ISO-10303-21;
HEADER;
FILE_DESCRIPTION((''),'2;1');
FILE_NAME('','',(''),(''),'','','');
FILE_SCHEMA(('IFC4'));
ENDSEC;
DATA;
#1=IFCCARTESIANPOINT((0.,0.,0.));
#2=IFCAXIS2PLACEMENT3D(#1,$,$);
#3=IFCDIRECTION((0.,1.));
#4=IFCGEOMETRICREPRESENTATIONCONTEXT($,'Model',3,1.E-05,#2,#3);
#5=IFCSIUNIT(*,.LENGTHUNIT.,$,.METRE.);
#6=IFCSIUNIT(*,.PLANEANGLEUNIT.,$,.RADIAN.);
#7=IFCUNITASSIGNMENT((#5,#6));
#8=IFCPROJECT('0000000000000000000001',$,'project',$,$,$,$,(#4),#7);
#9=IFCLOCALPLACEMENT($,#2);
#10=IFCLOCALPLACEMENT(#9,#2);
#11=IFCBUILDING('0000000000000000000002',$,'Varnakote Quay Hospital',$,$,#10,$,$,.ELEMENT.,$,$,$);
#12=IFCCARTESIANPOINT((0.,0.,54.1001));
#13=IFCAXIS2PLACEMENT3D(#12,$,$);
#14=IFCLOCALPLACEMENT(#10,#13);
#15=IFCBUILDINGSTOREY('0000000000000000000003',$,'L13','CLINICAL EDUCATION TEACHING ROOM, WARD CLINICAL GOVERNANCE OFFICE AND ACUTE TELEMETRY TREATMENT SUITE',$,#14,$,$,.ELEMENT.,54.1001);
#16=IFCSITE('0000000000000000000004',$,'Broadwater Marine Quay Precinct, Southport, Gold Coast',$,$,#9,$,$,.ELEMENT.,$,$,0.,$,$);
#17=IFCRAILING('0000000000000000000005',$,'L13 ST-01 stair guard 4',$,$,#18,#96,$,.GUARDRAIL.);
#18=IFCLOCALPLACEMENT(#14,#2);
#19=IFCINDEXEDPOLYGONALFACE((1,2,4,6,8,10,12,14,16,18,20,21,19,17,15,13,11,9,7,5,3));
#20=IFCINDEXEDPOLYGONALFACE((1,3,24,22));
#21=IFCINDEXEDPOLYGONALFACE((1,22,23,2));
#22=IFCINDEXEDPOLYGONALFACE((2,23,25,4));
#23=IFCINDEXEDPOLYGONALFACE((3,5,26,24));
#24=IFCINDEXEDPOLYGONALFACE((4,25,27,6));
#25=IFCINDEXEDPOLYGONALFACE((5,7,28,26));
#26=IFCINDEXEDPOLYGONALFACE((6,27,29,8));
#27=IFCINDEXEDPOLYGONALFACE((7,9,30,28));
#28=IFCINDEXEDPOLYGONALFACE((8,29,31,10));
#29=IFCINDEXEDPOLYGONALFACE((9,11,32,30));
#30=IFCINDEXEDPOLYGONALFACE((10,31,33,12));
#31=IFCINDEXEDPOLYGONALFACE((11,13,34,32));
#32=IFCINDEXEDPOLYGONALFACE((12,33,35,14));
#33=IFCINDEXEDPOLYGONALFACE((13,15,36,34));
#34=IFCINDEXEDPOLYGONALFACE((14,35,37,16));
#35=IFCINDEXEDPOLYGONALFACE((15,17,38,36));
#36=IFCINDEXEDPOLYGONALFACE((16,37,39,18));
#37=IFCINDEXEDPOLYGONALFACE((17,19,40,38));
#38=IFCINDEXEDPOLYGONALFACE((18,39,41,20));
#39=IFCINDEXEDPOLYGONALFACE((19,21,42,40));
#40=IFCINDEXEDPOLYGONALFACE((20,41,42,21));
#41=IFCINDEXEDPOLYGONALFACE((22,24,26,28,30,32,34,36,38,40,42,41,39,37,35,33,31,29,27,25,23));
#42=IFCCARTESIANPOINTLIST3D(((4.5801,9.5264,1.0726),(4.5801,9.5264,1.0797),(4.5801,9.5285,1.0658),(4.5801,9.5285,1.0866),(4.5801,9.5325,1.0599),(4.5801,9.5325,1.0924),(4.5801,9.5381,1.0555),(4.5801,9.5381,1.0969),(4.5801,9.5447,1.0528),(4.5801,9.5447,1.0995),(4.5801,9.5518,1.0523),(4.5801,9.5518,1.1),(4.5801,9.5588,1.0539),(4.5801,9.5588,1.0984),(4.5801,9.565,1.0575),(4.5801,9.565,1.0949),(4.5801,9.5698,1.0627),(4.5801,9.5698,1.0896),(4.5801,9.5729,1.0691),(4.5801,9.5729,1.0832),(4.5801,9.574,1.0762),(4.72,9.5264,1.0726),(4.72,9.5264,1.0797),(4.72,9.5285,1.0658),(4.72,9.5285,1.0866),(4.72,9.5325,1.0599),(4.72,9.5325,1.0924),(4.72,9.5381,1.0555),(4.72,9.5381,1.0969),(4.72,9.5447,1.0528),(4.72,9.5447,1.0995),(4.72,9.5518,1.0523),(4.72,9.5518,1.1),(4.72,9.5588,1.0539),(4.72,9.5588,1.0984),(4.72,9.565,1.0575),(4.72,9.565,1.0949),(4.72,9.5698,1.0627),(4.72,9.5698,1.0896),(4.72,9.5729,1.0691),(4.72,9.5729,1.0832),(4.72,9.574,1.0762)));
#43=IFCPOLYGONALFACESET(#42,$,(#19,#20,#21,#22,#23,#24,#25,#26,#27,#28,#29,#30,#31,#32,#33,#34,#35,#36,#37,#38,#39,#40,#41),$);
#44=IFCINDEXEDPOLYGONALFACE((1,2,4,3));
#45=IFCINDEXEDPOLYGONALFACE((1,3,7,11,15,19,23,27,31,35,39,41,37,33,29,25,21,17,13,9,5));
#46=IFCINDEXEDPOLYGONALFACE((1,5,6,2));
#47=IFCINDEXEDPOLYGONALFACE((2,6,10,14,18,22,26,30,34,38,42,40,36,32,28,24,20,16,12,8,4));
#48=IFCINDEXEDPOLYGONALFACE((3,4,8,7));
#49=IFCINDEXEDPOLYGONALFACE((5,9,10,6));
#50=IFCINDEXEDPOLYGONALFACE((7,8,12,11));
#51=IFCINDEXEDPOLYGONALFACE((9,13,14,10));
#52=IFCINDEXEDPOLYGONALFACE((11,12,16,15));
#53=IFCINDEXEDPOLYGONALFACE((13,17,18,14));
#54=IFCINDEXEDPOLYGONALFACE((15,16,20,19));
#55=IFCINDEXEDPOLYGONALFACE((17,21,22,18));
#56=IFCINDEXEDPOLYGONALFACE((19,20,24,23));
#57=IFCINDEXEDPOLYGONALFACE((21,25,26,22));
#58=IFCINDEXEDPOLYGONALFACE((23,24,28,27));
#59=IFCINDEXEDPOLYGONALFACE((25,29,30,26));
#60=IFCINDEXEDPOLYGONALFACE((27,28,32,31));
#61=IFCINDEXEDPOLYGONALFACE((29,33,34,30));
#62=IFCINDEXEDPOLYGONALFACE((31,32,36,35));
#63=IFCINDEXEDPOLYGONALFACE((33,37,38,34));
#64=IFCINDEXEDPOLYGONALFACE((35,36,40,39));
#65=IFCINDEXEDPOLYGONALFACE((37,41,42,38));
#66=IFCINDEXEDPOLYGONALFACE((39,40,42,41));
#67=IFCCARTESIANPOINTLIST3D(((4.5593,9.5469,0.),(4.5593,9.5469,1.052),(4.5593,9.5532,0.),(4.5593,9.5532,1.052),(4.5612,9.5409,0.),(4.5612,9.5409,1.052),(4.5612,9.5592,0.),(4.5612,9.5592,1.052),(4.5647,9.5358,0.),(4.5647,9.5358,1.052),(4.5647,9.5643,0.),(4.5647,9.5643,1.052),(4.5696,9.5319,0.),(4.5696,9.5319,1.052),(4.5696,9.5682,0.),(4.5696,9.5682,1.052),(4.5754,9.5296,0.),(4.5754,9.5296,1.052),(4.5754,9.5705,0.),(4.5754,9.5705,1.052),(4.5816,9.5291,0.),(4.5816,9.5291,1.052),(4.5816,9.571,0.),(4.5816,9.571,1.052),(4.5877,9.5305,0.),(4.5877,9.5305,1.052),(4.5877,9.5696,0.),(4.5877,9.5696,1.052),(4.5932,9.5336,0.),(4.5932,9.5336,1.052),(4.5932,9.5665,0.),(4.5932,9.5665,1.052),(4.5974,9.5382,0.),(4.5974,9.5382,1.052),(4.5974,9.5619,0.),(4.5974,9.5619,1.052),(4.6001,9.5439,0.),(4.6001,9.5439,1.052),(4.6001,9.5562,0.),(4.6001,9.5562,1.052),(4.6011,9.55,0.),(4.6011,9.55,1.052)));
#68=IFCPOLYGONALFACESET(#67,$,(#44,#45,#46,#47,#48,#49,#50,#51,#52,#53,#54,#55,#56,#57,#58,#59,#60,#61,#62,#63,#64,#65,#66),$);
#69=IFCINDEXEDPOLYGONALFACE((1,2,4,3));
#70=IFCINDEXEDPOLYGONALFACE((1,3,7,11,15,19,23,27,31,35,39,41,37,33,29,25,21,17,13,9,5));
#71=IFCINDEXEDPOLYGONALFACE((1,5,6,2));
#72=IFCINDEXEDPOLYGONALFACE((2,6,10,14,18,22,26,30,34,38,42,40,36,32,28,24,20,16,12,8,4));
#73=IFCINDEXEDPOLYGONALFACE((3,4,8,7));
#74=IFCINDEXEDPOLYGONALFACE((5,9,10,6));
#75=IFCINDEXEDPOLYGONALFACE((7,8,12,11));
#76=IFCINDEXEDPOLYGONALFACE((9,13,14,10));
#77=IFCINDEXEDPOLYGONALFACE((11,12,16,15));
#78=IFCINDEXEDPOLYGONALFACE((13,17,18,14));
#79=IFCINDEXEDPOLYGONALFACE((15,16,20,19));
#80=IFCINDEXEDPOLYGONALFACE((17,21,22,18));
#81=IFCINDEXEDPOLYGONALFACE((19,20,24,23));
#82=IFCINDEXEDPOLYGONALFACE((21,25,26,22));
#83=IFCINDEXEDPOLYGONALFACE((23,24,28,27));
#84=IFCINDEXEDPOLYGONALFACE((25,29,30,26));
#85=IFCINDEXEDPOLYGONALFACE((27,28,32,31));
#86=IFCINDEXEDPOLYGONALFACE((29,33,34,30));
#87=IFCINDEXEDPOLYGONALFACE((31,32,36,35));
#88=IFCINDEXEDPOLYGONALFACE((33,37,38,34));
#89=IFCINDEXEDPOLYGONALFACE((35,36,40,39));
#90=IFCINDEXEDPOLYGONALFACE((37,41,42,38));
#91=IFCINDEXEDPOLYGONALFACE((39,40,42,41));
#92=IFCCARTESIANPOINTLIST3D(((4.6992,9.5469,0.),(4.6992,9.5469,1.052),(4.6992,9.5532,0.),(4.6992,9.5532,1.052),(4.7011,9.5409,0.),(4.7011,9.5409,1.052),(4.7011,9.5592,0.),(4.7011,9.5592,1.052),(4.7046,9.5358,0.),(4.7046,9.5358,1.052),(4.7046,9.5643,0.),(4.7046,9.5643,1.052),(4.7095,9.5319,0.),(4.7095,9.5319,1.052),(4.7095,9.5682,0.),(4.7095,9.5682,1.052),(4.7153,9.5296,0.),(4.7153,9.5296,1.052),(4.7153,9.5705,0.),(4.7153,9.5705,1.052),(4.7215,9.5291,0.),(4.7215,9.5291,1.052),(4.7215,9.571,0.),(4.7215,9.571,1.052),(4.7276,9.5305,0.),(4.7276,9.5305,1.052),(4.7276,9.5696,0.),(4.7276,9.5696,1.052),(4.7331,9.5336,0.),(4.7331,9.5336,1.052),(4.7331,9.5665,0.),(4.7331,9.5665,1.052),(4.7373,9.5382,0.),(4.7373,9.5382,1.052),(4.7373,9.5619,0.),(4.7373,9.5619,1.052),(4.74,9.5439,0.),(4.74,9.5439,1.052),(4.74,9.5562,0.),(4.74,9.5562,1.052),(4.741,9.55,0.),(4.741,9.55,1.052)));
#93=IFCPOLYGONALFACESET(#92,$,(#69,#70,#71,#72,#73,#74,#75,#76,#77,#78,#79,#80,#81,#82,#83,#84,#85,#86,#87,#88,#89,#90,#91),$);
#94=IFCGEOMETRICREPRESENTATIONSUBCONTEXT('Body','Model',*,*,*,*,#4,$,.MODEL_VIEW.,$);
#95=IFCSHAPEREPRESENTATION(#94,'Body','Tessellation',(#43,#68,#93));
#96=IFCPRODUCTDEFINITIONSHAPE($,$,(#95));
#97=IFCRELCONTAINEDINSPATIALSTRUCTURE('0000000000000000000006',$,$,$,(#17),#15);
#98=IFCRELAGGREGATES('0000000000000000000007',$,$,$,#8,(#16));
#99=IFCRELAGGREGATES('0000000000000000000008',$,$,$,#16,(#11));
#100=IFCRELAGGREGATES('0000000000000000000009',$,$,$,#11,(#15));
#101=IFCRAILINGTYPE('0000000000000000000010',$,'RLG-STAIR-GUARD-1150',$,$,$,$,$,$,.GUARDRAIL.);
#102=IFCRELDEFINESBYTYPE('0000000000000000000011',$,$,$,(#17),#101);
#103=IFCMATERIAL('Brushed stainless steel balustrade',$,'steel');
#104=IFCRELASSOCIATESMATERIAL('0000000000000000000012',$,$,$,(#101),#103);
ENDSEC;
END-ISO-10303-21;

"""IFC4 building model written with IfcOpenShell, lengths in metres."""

from ifc_helpers import new_model, si_unit, direction, frame, origin, origin_2d, place, context, subcontext, project, spatial, circle, extrude, material, type_object, element, save


model = new_model("IFC4")

# Units and contexts
model_context = context("Model", 3, precision=1e-05, world=origin(), true_north=direction((0.0, 1.0)))
body_context = subcontext(model_context, "Body", "Model", "MODEL_VIEW")
ifc_project = project(units=[si_unit("LENGTHUNIT", "METRE"), si_unit("PLANEANGLEUNIT", "RADIAN")], contexts=[model_context])

# Site, building, storey
site_placement = place(None, origin())
site = spatial("IfcSite", under=ifc_project, at=site_placement, Name="Broadwater Marine Quay Precinct, Southport, Gold Coast", CompositionType="ELEMENT", RefElevation=0.0)
building_placement = place(site_placement, origin())
building = spatial("IfcBuilding", under=site, at=building_placement, Name="Varnakote Quay Hospital", CompositionType="ELEMENT")
storey_placement = place(building_placement, frame((0.0, 0.0, 54.1001)))
storey = spatial("IfcBuildingStorey", under=building, at=storey_placement, Name="L13", Description="CLINICAL EDUCATION TEACHING ROOM, WARD CLINICAL GOVERNANCE OFFICE AND ACUTE TELEMETRY TREATMENT SUITE", CompositionType="ELEMENT", Elevation=54.1001)

# Railing
ifc_material_1 = material(Name="Brushed stainless steel balustrade", Category="steel")
railing_type_1 = type_object("IfcRailingType", Name="RLG-STAIR-GUARD-1150", PredefinedType="GUARDRAIL", material=ifc_material_1)
railing_1_placement = place(storey_placement, frame((4.5801, 9.55, 0.0)))
element("IfcRailing", 1, at=railing_1_placement, inside=storey, type_object=railing_type_1, Name="L13 ST-01 stair guard 4", PredefinedType="GUARDRAIL", context=body_context, shape_type="SweptSolid", body=[
    extrude(circle(Radius=0.0239, at=origin_2d()), frame((0.0, 0.0, 1.0762), z_axis=(1.0, 0.0, 0.0), x_axis=(0.0, 1.0, 0.0)), (0.0, 0.0, 1.0), 0.1399),
    extrude(circle(Radius=0.021, at=origin_2d()), origin(), (0.0, 0.0, 1.0), 1.052),
    extrude(circle(Radius=0.021, at=origin_2d()), frame((0.1399, 0.0, 0.0)), (0.0, 0.0, 1.0), 1.052),
])

save(model, "model.ifc")
